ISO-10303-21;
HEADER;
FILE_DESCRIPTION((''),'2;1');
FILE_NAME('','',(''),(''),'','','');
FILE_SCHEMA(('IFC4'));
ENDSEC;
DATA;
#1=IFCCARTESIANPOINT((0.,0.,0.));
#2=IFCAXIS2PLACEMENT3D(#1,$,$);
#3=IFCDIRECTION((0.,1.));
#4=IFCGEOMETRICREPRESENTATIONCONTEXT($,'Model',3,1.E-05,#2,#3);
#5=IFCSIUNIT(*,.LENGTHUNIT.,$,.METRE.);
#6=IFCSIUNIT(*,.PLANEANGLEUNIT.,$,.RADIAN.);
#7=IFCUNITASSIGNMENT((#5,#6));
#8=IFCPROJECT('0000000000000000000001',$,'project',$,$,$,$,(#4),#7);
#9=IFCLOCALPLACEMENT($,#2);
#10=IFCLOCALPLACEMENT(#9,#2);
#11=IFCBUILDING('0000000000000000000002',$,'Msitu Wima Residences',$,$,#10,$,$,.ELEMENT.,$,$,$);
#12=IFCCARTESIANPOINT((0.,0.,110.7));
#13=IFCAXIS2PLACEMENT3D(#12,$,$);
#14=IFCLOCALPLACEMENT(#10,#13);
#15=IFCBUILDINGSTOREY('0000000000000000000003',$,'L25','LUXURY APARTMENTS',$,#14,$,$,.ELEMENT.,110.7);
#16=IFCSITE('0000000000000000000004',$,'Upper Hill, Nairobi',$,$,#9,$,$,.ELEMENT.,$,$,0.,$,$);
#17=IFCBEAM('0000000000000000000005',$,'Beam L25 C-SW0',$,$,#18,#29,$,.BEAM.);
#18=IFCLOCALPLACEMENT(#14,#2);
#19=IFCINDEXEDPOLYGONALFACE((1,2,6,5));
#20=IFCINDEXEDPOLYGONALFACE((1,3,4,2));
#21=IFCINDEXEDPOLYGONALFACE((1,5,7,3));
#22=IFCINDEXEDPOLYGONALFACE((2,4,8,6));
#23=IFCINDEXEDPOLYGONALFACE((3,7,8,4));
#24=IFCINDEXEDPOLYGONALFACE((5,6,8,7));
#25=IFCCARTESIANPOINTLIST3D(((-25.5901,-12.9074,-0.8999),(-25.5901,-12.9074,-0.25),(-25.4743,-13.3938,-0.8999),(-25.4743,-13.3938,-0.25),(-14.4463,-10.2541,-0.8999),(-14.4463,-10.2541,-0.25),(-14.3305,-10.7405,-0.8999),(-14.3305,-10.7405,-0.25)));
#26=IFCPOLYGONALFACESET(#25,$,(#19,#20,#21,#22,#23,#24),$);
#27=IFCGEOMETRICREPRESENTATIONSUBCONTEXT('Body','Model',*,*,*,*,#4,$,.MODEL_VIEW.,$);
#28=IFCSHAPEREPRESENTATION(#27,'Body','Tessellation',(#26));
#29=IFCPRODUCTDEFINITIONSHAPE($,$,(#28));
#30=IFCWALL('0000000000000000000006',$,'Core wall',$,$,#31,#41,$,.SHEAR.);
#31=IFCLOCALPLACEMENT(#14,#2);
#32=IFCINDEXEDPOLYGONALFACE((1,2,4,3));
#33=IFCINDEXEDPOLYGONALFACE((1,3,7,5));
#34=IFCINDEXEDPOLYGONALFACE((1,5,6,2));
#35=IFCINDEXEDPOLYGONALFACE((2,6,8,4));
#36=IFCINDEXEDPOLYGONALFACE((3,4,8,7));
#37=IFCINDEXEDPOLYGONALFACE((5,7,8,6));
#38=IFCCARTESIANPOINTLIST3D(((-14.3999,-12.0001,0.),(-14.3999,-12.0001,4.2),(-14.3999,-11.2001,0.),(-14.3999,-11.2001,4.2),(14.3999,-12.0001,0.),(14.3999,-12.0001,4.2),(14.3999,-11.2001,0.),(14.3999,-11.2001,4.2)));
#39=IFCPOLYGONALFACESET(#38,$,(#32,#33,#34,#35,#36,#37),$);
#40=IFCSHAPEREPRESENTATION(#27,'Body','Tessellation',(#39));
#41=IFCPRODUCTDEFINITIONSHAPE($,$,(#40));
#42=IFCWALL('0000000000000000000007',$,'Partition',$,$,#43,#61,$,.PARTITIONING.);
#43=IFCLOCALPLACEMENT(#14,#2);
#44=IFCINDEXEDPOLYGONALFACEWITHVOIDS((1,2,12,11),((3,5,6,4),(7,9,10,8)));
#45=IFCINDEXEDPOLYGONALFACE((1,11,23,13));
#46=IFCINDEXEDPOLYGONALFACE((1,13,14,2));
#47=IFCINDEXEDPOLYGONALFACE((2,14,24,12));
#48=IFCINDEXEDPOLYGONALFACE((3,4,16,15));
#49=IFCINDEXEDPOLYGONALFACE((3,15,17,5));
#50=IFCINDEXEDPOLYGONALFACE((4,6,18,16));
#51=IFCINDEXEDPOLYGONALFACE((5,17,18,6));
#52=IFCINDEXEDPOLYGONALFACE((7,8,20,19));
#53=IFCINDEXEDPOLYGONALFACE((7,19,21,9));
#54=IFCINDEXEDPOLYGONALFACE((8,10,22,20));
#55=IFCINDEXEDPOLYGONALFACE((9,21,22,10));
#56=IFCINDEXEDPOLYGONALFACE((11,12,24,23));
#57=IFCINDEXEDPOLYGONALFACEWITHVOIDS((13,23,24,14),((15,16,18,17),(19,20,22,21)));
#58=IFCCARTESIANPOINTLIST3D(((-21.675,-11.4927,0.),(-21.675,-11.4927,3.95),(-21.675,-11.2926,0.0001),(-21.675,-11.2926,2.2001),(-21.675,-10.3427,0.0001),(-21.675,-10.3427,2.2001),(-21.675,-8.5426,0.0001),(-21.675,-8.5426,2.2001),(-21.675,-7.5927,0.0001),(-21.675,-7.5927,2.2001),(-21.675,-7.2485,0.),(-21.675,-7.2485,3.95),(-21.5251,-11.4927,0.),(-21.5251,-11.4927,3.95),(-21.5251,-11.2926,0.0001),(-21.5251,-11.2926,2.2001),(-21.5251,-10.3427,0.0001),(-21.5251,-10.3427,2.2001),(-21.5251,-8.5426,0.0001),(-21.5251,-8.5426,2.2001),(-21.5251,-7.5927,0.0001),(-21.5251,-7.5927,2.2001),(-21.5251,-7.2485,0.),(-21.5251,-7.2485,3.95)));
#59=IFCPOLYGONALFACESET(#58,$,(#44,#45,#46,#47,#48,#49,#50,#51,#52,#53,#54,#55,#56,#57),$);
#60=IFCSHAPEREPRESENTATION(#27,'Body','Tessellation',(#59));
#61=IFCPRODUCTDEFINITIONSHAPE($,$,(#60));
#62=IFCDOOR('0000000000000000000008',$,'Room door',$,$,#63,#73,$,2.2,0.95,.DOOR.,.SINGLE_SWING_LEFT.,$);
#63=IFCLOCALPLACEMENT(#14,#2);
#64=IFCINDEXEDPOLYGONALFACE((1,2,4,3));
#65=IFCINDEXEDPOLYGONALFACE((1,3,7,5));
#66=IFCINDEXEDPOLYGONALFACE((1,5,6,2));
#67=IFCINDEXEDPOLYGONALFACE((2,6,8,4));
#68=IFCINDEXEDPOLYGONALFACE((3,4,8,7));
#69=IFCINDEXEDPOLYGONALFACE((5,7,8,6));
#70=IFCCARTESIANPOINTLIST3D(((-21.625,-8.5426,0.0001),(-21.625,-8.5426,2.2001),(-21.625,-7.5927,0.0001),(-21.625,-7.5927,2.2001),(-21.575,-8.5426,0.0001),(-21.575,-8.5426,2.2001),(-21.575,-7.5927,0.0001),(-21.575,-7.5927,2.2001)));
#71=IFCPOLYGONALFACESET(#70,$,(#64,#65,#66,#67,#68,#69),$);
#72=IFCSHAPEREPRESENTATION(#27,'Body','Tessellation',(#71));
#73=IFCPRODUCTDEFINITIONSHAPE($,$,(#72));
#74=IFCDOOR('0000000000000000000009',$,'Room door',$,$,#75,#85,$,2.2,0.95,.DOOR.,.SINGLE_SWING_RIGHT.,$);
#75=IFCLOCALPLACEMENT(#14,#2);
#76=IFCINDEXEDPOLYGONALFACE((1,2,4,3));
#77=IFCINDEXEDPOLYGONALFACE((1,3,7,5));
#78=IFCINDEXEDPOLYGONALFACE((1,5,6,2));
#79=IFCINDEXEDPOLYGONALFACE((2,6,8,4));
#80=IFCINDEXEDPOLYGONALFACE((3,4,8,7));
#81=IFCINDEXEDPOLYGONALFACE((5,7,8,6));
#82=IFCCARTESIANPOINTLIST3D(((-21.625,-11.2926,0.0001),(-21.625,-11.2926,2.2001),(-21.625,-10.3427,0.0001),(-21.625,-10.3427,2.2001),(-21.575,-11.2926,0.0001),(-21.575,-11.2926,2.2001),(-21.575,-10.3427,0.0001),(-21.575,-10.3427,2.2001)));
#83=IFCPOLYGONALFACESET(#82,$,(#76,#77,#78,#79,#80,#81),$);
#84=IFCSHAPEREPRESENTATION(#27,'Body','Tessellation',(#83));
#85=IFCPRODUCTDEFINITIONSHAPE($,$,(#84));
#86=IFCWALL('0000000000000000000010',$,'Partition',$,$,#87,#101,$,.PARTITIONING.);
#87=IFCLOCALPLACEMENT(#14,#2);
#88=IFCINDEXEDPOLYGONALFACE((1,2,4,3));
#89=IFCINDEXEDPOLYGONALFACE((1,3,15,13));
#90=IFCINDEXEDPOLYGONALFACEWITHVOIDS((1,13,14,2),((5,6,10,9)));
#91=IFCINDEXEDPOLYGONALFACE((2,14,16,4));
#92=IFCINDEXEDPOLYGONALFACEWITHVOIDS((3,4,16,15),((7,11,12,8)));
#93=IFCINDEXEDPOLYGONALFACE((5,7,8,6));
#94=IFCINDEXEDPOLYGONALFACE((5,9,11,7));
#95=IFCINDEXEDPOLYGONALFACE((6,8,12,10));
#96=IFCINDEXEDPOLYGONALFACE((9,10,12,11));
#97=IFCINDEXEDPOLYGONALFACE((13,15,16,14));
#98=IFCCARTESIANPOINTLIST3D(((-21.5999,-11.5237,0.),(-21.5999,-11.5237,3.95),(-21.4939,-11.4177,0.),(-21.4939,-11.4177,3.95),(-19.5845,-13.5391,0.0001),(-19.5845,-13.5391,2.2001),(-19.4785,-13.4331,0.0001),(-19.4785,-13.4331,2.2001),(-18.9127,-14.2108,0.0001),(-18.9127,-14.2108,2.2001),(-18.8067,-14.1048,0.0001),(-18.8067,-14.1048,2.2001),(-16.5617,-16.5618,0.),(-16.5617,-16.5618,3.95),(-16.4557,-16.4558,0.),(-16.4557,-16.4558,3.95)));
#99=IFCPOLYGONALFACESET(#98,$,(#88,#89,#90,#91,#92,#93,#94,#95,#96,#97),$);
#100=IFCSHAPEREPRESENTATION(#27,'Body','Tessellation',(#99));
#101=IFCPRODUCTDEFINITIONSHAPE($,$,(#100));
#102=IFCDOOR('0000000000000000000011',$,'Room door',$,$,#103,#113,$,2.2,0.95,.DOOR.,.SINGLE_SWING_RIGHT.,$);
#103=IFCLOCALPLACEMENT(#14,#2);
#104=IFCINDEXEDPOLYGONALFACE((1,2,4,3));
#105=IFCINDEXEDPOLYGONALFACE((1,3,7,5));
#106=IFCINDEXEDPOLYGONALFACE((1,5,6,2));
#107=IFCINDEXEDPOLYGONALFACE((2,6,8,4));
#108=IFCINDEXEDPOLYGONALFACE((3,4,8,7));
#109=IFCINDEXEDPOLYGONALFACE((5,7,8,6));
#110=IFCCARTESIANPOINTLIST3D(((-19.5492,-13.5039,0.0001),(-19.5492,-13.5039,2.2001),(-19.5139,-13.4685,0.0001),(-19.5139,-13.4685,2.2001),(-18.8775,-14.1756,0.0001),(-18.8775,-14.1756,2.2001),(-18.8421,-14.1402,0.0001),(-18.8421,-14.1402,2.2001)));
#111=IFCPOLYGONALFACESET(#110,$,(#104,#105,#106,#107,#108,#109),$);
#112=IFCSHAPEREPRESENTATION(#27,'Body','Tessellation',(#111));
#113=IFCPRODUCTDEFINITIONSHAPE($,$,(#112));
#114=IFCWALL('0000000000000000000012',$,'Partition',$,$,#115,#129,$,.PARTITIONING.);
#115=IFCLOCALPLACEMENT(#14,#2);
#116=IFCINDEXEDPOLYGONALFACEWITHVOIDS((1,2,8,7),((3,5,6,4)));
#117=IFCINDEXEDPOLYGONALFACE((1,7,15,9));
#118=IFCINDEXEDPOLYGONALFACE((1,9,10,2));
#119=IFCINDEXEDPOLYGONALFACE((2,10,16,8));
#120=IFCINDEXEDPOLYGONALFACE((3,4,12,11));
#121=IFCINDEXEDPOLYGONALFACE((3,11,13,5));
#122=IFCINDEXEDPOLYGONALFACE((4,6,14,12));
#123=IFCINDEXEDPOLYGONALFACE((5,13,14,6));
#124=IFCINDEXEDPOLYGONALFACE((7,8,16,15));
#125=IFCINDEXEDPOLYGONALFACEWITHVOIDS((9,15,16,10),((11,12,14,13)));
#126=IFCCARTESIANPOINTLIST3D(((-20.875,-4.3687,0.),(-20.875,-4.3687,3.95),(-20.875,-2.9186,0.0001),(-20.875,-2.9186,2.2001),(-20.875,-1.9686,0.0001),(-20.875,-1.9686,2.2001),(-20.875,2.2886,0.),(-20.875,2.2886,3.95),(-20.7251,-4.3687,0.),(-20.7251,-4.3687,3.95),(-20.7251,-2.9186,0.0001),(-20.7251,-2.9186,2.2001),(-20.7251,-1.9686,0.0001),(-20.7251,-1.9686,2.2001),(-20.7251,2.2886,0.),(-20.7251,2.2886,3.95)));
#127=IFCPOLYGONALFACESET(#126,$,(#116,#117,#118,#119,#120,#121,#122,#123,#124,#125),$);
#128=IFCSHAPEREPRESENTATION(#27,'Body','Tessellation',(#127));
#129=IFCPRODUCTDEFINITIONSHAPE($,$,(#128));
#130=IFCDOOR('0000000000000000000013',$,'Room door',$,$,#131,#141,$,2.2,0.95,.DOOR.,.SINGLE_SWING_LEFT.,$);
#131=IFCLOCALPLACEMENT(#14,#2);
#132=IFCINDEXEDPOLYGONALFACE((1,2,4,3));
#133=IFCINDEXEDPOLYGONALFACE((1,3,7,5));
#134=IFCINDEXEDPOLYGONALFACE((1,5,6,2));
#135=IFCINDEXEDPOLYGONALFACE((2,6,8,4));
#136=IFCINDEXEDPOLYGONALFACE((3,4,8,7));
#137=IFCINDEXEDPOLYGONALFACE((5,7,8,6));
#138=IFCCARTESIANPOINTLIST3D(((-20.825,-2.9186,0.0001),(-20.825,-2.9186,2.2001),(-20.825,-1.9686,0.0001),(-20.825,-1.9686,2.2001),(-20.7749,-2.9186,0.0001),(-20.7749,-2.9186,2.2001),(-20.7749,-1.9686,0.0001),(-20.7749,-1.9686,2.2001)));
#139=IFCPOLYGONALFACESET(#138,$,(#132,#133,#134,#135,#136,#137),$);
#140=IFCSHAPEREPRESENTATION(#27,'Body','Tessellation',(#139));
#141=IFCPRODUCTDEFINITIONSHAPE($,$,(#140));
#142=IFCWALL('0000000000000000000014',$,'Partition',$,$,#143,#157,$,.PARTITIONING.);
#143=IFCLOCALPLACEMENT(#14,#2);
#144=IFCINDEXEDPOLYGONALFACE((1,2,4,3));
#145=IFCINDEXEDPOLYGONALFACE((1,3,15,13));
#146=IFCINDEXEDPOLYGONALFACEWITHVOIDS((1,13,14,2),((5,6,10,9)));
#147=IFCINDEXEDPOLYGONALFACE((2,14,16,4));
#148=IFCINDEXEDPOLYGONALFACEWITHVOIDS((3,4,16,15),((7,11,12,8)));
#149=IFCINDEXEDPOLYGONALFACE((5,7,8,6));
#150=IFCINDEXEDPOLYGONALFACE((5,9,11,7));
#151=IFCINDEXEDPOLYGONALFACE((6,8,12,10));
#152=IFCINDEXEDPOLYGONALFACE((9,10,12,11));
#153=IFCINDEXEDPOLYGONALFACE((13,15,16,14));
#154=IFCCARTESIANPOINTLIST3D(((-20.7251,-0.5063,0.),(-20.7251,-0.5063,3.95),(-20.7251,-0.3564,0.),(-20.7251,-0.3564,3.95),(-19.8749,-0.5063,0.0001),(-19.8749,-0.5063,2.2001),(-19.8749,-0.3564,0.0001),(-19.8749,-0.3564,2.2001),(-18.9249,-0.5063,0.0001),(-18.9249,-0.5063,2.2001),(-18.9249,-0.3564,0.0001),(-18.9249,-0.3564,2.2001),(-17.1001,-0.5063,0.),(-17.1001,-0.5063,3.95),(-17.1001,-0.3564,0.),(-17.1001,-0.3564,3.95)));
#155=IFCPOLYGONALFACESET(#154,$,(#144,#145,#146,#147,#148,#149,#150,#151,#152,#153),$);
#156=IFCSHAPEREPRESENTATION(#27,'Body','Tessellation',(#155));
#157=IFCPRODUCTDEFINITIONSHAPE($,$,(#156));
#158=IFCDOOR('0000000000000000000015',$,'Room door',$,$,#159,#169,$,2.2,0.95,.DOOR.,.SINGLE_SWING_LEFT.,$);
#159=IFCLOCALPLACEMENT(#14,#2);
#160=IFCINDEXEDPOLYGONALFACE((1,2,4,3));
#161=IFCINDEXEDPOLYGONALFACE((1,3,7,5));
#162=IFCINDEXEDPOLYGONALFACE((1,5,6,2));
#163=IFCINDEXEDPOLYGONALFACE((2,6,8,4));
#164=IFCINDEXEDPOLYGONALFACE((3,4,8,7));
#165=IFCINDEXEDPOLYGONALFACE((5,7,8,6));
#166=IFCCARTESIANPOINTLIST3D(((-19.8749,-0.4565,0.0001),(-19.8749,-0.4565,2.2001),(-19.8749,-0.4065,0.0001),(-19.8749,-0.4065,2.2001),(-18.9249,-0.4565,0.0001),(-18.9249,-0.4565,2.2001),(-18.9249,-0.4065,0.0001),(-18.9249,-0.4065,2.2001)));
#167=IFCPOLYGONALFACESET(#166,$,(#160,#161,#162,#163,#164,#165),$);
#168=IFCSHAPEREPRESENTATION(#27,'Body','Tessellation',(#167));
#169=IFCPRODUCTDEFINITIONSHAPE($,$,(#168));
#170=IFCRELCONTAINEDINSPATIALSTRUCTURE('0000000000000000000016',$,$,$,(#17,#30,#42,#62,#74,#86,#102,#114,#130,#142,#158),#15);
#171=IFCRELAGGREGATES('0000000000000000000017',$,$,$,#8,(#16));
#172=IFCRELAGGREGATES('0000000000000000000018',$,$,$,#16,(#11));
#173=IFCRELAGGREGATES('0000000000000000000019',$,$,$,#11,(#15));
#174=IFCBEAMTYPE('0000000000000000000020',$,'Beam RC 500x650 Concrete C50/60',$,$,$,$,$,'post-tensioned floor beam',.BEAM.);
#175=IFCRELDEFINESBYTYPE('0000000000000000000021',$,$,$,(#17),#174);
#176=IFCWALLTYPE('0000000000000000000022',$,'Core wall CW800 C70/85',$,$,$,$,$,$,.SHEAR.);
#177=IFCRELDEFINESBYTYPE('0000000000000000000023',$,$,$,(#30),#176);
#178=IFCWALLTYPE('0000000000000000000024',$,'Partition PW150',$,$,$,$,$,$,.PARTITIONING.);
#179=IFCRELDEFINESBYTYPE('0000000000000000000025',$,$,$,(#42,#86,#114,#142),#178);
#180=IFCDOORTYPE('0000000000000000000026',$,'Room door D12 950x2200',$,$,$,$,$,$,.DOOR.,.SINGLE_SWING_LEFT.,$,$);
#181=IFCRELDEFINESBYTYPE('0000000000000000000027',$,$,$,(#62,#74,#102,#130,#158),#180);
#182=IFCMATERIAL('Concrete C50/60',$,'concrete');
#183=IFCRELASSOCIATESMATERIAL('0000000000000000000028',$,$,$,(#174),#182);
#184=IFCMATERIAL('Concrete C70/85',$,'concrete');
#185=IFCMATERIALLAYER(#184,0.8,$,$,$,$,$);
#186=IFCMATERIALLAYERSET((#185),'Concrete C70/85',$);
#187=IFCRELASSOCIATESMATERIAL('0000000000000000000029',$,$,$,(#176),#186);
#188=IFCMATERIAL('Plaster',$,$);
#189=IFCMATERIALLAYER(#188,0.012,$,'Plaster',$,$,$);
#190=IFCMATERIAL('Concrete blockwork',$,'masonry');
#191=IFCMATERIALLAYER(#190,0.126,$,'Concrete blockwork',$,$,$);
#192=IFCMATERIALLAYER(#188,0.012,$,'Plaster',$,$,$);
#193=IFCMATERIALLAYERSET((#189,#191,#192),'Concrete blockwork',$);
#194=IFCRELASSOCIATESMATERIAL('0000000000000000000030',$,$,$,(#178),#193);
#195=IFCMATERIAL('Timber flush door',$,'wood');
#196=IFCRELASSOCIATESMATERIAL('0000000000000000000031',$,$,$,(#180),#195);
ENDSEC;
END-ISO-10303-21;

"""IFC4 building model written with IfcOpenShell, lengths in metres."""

from ifc_helpers import new_model, si_unit, direction, frame, frame_2d, origin, origin_2d, place, context, subcontext, project, spatial, rectangle, extrude, material, layer, layer_set, material_profile, profile_set, type_object, element, fill, save


model = new_model("IFC4")

# Units and contexts
model_context = context("Model", 3, precision=1e-05, world=origin(), true_north=direction((0.0, 1.0)))
body_context = subcontext(model_context, "Body", "Model", "MODEL_VIEW")
ifc_project = project(units=[si_unit("LENGTHUNIT", "METRE"), si_unit("PLANEANGLEUNIT", "RADIAN")], contexts=[model_context])

# Site, building, storey
site_placement = place(None, origin())
site = spatial("IfcSite", under=ifc_project, at=site_placement, Name="Upper Hill, Nairobi", CompositionType="ELEMENT", RefElevation=0.0)
building_placement = place(site_placement, origin())
building = spatial("IfcBuilding", under=site, at=building_placement, Name="Msitu Wima Residences", CompositionType="ELEMENT")
storey_placement = place(building_placement, frame((0.0, 0.0, 110.7)))
storey = spatial("IfcBuildingStorey", under=building, at=storey_placement, Name="L25", Description="LUXURY APARTMENTS", CompositionType="ELEMENT", Elevation=110.7)

# Beam
ifc_material_1 = material(Name="Concrete C50/60", Category="concrete")
ifc_material_profile = material_profile(ifc_material_1, rectangle(XDim=0.5, YDim=0.6499, at=origin_2d()), Name="RC 500x650")
ifc_profile_set = profile_set([ifc_material_profile], Name="Concrete C50/60")
beam_type = type_object("IfcBeamType", Name="Beam RC 500x650 Concrete C50/60", ElementType="post-tensioned floor beam", PredefinedType="BEAM", material=ifc_profile_set)
beam_placement = place(storey_placement, frame((-25.5322, -13.1506, -0.575), z_axis=(0.972806, 0.231623, 0.0), x_axis=(-0.231623, 0.972806, 0.0)))
element("IfcBeam", 1, at=beam_placement, inside=storey, type_object=beam_type, Name="Beam L25 C-SW0", PredefinedType="BEAM", context=body_context, shape_type="SweptSolid", body=[
    extrude(rectangle(XDim=0.5, YDim=0.6499, at=origin_2d()), origin(), (0.0, 0.0, 1.0), 11.4553),
])

# Wall
ifc_material_2 = material(Name="Concrete C70/85", Category="concrete")
ifc_layer_1 = layer(ifc_material_2, 0.8)
ifc_layer_set_1 = layer_set([ifc_layer_1], Name="Concrete C70/85")
wall_type_1 = type_object("IfcWallType", Name="Core wall CW800 C70/85", PredefinedType="SHEAR", material=ifc_layer_set_1)
wall_1_placement = place(storey_placement, frame((-14.3999, -11.6001, 0.0), z_axis=(0.0, 0.0, 1.0), x_axis=(1.0, 0.0, 0.0)))
element("IfcWall", 2, at=wall_1_placement, inside=storey, type_object=wall_type_1, Name="Core wall", PredefinedType="SHEAR", context=body_context, shape_type="SweptSolid", body=[
    extrude(rectangle(XDim=28.7998, YDim=0.8, at=frame_2d((14.3999, 0.0))), origin(), (0.0, 0.0, 1.0), 4.2),
])

# Wall, openings, doors
ifc_material_3 = material(Name="Plaster")
ifc_layer_2 = layer(ifc_material_3, 0.012, Name="Plaster")
ifc_material_4 = material(Name="Concrete blockwork", Category="masonry")
ifc_layer_3 = layer(ifc_material_4, 0.126, Name="Concrete blockwork")
ifc_layer_4 = layer(ifc_material_3, 0.012, Name="Plaster")
ifc_layer_set_2 = layer_set([ifc_layer_2, ifc_layer_3, ifc_layer_4], Name="Concrete blockwork")
wall_type_2 = type_object("IfcWallType", Name="Partition PW150", PredefinedType="PARTITIONING", material=ifc_layer_set_2)
wall_2_placement = place(storey_placement, frame((-21.6001, -11.4927, 0.0), z_axis=(0.0, 0.0, 1.0), x_axis=(0.0, 1.0, 0.0)))
wall_2 = element("IfcWall", 3, at=wall_2_placement, inside=storey, type_object=wall_type_2, Name="Partition", PredefinedType="PARTITIONING", context=body_context, shape_type="SweptSolid", body=[
    extrude(rectangle(XDim=4.2441, YDim=0.1499, at=frame_2d((2.1221, 0.0))), origin(), (0.0, 0.0, 1.0), 3.95),
])
opening_1_placement = place(wall_2_placement, frame((2.95, 0.0, 0.0)))
opening_1 = element("IfcOpeningElement", 4, at=opening_1_placement, cuts=wall_2, PredefinedType="OPENING", context=body_context, shape_type="SweptSolid", body=[
    extrude(rectangle(XDim=0.95, YDim=2.2, at=frame_2d((0.4751, 1.1001))), frame((0.0, 0.085, 0.0), z_axis=(0.0, -1.0, 0.0), x_axis=(1.0, 0.0, 0.0)), (0.0, 0.0, 1.0), 0.1699),
])
opening_2_placement = place(wall_2_placement, frame((0.2, 0.0, 0.0)))
opening_2 = element("IfcOpeningElement", 5, at=opening_2_placement, cuts=wall_2, PredefinedType="OPENING", context=body_context, shape_type="SweptSolid", body=[
    extrude(rectangle(XDim=0.95, YDim=2.2, at=frame_2d((0.4751, 1.1001))), frame((0.0, 0.085, 0.0), z_axis=(0.0, -1.0, 0.0), x_axis=(1.0, 0.0, 0.0)), (0.0, 0.0, 1.0), 0.1699),
])
ifc_material_5 = material(Name="Timber flush door", Category="wood")
door_type_1 = type_object("IfcDoorType", Name="Room door D12 950x2200", OperationType="SINGLE_SWING_LEFT", PredefinedType="DOOR", material=ifc_material_5)
door_1_placement = place(opening_1_placement, origin())
door_1 = element("IfcDoor", 6, at=door_1_placement, inside=storey, type_object=door_type_1, Name="Room door", OperationType="SINGLE_SWING_LEFT", OverallHeight=2.2, OverallWidth=0.95, PredefinedType="DOOR", context=body_context, shape_type="SweptSolid", body=[
    extrude(rectangle(XDim=0.95, YDim=2.2, at=frame_2d((0.4751, 1.1001))), frame((0.0, 0.0249, 0.0), z_axis=(0.0, -1.0, 0.0), x_axis=(1.0, 0.0, 0.0)), (0.0, 0.0, 1.0), 0.05),
])
fill(opening_1, door_1)
door_2_placement = place(opening_2_placement, origin())
door_2 = element("IfcDoor", 7, at=door_2_placement, inside=storey, type_object=door_type_1, Name="Room door", OperationType="SINGLE_SWING_RIGHT", OverallHeight=2.2, OverallWidth=0.95, PredefinedType="DOOR", context=body_context, shape_type="SweptSolid", body=[
    extrude(rectangle(XDim=0.95, YDim=2.2, at=frame_2d((0.4751, 1.1001))), frame((0.0, 0.0249, 0.0), z_axis=(0.0, -1.0, 0.0), x_axis=(1.0, 0.0, 0.0)), (0.0, 0.0, 1.0), 0.05),
])
fill(opening_2, door_2)

# Walls, openings, doors
wall_3_placement = place(storey_placement, frame((-21.5469, -11.4707, 0.0), z_axis=(0.0, 0.0, 1.0), x_axis=(0.707107, -0.707107, 0.0)))
wall_3 = element("IfcWall", 8, at=wall_3_placement, inside=storey, type_object=wall_type_2, Name="Partition", PredefinedType="PARTITIONING", context=body_context, shape_type="SweptSolid", body=[
    extrude(rectangle(XDim=7.125, YDim=0.1499, at=frame_2d((3.5625, 0.0))), origin(), (0.0, 0.0, 1.0), 3.95),
])
opening_3_placement = place(wall_3_placement, frame((2.8501, 0.0, 0.0)))
opening_3 = element("IfcOpeningElement", 9, at=opening_3_placement, cuts=wall_3, PredefinedType="OPENING", context=body_context, shape_type="SweptSolid", body=[
    extrude(rectangle(XDim=0.95, YDim=2.2, at=frame_2d((0.4751, 1.1001))), frame((0.0, 0.085, 0.0), z_axis=(0.0, -1.0, 0.0), x_axis=(1.0, 0.0, 0.0)), (0.0, 0.0, 1.0), 0.1699),
])
door_3_placement = place(opening_3_placement, origin())
door_3 = element("IfcDoor", 10, at=door_3_placement, inside=storey, type_object=door_type_1, Name="Room door", OperationType="SINGLE_SWING_RIGHT", OverallHeight=2.2, OverallWidth=0.95, PredefinedType="DOOR", context=body_context, shape_type="SweptSolid", body=[
    extrude(rectangle(XDim=0.95, YDim=2.2, at=frame_2d((0.4751, 1.1001))), frame((0.0, 0.0249, 0.0), z_axis=(0.0, -1.0, 0.0), x_axis=(1.0, 0.0, 0.0)), (0.0, 0.0, 1.0), 0.05),
])
fill(opening_3, door_3)
wall_4_placement = place(storey_placement, frame((-20.8, -4.3687, 0.0), z_axis=(0.0, 0.0, 1.0), x_axis=(0.0, 1.0, 0.0)))
wall_4 = element("IfcWall", 11, at=wall_4_placement, inside=storey, type_object=wall_type_2, Name="Partition", PredefinedType="PARTITIONING", context=body_context, shape_type="SweptSolid", body=[
    extrude(rectangle(XDim=6.6572, YDim=0.1499, at=frame_2d((3.3286, 0.0))), origin(), (0.0, 0.0, 1.0), 3.95),
])
opening_4_placement = place(wall_4_placement, frame((1.45, 0.0, 0.0)))
opening_4 = element("IfcOpeningElement", 12, at=opening_4_placement, cuts=wall_4, PredefinedType="OPENING", context=body_context, shape_type="SweptSolid", body=[
    extrude(rectangle(XDim=0.95, YDim=2.2, at=frame_2d((0.4751, 1.1001))), frame((0.0, 0.085, 0.0), z_axis=(0.0, -1.0, 0.0), x_axis=(1.0, 0.0, 0.0)), (0.0, 0.0, 1.0), 0.1699),
])
door_4_placement = place(opening_4_placement, origin())
door_4 = element("IfcDoor", 13, at=door_4_placement, inside=storey, type_object=door_type_1, Name="Room door", OperationType="SINGLE_SWING_LEFT", OverallHeight=2.2, OverallWidth=0.95, PredefinedType="DOOR", context=body_context, shape_type="SweptSolid", body=[
    extrude(rectangle(XDim=0.95, YDim=2.2, at=frame_2d((0.4751, 1.1001))), frame((0.0, 0.0249, 0.0), z_axis=(0.0, -1.0, 0.0), x_axis=(1.0, 0.0, 0.0)), (0.0, 0.0, 1.0), 0.05),
])
fill(opening_4, door_4)
wall_5_placement = place(storey_placement, frame((-20.7251, -0.4314, 0.0), z_axis=(0.0, 0.0, 1.0), x_axis=(1.0, 0.0, 0.0)))
wall_5 = element("IfcWall", 14, at=wall_5_placement, inside=storey, type_object=wall_type_2, Name="Partition", PredefinedType="PARTITIONING", context=body_context, shape_type="SweptSolid", body=[
    extrude(rectangle(XDim=3.625, YDim=0.1499, at=frame_2d((1.8125, 0.0))), origin(), (0.0, 0.0, 1.0), 3.95),
])
opening_5_placement = place(wall_5_placement, frame((0.8501, 0.0, 0.0)))
opening_5 = element("IfcOpeningElement", 15, at=opening_5_placement, cuts=wall_5, PredefinedType="OPENING", context=body_context, shape_type="SweptSolid", body=[
    extrude(rectangle(XDim=0.95, YDim=2.2, at=frame_2d((0.4751, 1.1001))), frame((0.0, 0.085, 0.0), z_axis=(0.0, -1.0, 0.0), x_axis=(1.0, 0.0, 0.0)), (0.0, 0.0, 1.0), 0.1699),
])
door_5_placement = place(opening_5_placement, origin())
door_5 = element("IfcDoor", 16, at=door_5_placement, inside=storey, type_object=door_type_1, Name="Room door", OperationType="SINGLE_SWING_LEFT", OverallHeight=2.2, OverallWidth=0.95, PredefinedType="DOOR", context=body_context, shape_type="SweptSolid", body=[
    extrude(rectangle(XDim=0.95, YDim=2.2, at=frame_2d((0.4751, 1.1001))), frame((0.0, 0.0249, 0.0), z_axis=(0.0, -1.0, 0.0), x_axis=(1.0, 0.0, 0.0)), (0.0, 0.0, 1.0), 0.05),
])
fill(opening_5, door_5)

save(model, "model.ifc")
